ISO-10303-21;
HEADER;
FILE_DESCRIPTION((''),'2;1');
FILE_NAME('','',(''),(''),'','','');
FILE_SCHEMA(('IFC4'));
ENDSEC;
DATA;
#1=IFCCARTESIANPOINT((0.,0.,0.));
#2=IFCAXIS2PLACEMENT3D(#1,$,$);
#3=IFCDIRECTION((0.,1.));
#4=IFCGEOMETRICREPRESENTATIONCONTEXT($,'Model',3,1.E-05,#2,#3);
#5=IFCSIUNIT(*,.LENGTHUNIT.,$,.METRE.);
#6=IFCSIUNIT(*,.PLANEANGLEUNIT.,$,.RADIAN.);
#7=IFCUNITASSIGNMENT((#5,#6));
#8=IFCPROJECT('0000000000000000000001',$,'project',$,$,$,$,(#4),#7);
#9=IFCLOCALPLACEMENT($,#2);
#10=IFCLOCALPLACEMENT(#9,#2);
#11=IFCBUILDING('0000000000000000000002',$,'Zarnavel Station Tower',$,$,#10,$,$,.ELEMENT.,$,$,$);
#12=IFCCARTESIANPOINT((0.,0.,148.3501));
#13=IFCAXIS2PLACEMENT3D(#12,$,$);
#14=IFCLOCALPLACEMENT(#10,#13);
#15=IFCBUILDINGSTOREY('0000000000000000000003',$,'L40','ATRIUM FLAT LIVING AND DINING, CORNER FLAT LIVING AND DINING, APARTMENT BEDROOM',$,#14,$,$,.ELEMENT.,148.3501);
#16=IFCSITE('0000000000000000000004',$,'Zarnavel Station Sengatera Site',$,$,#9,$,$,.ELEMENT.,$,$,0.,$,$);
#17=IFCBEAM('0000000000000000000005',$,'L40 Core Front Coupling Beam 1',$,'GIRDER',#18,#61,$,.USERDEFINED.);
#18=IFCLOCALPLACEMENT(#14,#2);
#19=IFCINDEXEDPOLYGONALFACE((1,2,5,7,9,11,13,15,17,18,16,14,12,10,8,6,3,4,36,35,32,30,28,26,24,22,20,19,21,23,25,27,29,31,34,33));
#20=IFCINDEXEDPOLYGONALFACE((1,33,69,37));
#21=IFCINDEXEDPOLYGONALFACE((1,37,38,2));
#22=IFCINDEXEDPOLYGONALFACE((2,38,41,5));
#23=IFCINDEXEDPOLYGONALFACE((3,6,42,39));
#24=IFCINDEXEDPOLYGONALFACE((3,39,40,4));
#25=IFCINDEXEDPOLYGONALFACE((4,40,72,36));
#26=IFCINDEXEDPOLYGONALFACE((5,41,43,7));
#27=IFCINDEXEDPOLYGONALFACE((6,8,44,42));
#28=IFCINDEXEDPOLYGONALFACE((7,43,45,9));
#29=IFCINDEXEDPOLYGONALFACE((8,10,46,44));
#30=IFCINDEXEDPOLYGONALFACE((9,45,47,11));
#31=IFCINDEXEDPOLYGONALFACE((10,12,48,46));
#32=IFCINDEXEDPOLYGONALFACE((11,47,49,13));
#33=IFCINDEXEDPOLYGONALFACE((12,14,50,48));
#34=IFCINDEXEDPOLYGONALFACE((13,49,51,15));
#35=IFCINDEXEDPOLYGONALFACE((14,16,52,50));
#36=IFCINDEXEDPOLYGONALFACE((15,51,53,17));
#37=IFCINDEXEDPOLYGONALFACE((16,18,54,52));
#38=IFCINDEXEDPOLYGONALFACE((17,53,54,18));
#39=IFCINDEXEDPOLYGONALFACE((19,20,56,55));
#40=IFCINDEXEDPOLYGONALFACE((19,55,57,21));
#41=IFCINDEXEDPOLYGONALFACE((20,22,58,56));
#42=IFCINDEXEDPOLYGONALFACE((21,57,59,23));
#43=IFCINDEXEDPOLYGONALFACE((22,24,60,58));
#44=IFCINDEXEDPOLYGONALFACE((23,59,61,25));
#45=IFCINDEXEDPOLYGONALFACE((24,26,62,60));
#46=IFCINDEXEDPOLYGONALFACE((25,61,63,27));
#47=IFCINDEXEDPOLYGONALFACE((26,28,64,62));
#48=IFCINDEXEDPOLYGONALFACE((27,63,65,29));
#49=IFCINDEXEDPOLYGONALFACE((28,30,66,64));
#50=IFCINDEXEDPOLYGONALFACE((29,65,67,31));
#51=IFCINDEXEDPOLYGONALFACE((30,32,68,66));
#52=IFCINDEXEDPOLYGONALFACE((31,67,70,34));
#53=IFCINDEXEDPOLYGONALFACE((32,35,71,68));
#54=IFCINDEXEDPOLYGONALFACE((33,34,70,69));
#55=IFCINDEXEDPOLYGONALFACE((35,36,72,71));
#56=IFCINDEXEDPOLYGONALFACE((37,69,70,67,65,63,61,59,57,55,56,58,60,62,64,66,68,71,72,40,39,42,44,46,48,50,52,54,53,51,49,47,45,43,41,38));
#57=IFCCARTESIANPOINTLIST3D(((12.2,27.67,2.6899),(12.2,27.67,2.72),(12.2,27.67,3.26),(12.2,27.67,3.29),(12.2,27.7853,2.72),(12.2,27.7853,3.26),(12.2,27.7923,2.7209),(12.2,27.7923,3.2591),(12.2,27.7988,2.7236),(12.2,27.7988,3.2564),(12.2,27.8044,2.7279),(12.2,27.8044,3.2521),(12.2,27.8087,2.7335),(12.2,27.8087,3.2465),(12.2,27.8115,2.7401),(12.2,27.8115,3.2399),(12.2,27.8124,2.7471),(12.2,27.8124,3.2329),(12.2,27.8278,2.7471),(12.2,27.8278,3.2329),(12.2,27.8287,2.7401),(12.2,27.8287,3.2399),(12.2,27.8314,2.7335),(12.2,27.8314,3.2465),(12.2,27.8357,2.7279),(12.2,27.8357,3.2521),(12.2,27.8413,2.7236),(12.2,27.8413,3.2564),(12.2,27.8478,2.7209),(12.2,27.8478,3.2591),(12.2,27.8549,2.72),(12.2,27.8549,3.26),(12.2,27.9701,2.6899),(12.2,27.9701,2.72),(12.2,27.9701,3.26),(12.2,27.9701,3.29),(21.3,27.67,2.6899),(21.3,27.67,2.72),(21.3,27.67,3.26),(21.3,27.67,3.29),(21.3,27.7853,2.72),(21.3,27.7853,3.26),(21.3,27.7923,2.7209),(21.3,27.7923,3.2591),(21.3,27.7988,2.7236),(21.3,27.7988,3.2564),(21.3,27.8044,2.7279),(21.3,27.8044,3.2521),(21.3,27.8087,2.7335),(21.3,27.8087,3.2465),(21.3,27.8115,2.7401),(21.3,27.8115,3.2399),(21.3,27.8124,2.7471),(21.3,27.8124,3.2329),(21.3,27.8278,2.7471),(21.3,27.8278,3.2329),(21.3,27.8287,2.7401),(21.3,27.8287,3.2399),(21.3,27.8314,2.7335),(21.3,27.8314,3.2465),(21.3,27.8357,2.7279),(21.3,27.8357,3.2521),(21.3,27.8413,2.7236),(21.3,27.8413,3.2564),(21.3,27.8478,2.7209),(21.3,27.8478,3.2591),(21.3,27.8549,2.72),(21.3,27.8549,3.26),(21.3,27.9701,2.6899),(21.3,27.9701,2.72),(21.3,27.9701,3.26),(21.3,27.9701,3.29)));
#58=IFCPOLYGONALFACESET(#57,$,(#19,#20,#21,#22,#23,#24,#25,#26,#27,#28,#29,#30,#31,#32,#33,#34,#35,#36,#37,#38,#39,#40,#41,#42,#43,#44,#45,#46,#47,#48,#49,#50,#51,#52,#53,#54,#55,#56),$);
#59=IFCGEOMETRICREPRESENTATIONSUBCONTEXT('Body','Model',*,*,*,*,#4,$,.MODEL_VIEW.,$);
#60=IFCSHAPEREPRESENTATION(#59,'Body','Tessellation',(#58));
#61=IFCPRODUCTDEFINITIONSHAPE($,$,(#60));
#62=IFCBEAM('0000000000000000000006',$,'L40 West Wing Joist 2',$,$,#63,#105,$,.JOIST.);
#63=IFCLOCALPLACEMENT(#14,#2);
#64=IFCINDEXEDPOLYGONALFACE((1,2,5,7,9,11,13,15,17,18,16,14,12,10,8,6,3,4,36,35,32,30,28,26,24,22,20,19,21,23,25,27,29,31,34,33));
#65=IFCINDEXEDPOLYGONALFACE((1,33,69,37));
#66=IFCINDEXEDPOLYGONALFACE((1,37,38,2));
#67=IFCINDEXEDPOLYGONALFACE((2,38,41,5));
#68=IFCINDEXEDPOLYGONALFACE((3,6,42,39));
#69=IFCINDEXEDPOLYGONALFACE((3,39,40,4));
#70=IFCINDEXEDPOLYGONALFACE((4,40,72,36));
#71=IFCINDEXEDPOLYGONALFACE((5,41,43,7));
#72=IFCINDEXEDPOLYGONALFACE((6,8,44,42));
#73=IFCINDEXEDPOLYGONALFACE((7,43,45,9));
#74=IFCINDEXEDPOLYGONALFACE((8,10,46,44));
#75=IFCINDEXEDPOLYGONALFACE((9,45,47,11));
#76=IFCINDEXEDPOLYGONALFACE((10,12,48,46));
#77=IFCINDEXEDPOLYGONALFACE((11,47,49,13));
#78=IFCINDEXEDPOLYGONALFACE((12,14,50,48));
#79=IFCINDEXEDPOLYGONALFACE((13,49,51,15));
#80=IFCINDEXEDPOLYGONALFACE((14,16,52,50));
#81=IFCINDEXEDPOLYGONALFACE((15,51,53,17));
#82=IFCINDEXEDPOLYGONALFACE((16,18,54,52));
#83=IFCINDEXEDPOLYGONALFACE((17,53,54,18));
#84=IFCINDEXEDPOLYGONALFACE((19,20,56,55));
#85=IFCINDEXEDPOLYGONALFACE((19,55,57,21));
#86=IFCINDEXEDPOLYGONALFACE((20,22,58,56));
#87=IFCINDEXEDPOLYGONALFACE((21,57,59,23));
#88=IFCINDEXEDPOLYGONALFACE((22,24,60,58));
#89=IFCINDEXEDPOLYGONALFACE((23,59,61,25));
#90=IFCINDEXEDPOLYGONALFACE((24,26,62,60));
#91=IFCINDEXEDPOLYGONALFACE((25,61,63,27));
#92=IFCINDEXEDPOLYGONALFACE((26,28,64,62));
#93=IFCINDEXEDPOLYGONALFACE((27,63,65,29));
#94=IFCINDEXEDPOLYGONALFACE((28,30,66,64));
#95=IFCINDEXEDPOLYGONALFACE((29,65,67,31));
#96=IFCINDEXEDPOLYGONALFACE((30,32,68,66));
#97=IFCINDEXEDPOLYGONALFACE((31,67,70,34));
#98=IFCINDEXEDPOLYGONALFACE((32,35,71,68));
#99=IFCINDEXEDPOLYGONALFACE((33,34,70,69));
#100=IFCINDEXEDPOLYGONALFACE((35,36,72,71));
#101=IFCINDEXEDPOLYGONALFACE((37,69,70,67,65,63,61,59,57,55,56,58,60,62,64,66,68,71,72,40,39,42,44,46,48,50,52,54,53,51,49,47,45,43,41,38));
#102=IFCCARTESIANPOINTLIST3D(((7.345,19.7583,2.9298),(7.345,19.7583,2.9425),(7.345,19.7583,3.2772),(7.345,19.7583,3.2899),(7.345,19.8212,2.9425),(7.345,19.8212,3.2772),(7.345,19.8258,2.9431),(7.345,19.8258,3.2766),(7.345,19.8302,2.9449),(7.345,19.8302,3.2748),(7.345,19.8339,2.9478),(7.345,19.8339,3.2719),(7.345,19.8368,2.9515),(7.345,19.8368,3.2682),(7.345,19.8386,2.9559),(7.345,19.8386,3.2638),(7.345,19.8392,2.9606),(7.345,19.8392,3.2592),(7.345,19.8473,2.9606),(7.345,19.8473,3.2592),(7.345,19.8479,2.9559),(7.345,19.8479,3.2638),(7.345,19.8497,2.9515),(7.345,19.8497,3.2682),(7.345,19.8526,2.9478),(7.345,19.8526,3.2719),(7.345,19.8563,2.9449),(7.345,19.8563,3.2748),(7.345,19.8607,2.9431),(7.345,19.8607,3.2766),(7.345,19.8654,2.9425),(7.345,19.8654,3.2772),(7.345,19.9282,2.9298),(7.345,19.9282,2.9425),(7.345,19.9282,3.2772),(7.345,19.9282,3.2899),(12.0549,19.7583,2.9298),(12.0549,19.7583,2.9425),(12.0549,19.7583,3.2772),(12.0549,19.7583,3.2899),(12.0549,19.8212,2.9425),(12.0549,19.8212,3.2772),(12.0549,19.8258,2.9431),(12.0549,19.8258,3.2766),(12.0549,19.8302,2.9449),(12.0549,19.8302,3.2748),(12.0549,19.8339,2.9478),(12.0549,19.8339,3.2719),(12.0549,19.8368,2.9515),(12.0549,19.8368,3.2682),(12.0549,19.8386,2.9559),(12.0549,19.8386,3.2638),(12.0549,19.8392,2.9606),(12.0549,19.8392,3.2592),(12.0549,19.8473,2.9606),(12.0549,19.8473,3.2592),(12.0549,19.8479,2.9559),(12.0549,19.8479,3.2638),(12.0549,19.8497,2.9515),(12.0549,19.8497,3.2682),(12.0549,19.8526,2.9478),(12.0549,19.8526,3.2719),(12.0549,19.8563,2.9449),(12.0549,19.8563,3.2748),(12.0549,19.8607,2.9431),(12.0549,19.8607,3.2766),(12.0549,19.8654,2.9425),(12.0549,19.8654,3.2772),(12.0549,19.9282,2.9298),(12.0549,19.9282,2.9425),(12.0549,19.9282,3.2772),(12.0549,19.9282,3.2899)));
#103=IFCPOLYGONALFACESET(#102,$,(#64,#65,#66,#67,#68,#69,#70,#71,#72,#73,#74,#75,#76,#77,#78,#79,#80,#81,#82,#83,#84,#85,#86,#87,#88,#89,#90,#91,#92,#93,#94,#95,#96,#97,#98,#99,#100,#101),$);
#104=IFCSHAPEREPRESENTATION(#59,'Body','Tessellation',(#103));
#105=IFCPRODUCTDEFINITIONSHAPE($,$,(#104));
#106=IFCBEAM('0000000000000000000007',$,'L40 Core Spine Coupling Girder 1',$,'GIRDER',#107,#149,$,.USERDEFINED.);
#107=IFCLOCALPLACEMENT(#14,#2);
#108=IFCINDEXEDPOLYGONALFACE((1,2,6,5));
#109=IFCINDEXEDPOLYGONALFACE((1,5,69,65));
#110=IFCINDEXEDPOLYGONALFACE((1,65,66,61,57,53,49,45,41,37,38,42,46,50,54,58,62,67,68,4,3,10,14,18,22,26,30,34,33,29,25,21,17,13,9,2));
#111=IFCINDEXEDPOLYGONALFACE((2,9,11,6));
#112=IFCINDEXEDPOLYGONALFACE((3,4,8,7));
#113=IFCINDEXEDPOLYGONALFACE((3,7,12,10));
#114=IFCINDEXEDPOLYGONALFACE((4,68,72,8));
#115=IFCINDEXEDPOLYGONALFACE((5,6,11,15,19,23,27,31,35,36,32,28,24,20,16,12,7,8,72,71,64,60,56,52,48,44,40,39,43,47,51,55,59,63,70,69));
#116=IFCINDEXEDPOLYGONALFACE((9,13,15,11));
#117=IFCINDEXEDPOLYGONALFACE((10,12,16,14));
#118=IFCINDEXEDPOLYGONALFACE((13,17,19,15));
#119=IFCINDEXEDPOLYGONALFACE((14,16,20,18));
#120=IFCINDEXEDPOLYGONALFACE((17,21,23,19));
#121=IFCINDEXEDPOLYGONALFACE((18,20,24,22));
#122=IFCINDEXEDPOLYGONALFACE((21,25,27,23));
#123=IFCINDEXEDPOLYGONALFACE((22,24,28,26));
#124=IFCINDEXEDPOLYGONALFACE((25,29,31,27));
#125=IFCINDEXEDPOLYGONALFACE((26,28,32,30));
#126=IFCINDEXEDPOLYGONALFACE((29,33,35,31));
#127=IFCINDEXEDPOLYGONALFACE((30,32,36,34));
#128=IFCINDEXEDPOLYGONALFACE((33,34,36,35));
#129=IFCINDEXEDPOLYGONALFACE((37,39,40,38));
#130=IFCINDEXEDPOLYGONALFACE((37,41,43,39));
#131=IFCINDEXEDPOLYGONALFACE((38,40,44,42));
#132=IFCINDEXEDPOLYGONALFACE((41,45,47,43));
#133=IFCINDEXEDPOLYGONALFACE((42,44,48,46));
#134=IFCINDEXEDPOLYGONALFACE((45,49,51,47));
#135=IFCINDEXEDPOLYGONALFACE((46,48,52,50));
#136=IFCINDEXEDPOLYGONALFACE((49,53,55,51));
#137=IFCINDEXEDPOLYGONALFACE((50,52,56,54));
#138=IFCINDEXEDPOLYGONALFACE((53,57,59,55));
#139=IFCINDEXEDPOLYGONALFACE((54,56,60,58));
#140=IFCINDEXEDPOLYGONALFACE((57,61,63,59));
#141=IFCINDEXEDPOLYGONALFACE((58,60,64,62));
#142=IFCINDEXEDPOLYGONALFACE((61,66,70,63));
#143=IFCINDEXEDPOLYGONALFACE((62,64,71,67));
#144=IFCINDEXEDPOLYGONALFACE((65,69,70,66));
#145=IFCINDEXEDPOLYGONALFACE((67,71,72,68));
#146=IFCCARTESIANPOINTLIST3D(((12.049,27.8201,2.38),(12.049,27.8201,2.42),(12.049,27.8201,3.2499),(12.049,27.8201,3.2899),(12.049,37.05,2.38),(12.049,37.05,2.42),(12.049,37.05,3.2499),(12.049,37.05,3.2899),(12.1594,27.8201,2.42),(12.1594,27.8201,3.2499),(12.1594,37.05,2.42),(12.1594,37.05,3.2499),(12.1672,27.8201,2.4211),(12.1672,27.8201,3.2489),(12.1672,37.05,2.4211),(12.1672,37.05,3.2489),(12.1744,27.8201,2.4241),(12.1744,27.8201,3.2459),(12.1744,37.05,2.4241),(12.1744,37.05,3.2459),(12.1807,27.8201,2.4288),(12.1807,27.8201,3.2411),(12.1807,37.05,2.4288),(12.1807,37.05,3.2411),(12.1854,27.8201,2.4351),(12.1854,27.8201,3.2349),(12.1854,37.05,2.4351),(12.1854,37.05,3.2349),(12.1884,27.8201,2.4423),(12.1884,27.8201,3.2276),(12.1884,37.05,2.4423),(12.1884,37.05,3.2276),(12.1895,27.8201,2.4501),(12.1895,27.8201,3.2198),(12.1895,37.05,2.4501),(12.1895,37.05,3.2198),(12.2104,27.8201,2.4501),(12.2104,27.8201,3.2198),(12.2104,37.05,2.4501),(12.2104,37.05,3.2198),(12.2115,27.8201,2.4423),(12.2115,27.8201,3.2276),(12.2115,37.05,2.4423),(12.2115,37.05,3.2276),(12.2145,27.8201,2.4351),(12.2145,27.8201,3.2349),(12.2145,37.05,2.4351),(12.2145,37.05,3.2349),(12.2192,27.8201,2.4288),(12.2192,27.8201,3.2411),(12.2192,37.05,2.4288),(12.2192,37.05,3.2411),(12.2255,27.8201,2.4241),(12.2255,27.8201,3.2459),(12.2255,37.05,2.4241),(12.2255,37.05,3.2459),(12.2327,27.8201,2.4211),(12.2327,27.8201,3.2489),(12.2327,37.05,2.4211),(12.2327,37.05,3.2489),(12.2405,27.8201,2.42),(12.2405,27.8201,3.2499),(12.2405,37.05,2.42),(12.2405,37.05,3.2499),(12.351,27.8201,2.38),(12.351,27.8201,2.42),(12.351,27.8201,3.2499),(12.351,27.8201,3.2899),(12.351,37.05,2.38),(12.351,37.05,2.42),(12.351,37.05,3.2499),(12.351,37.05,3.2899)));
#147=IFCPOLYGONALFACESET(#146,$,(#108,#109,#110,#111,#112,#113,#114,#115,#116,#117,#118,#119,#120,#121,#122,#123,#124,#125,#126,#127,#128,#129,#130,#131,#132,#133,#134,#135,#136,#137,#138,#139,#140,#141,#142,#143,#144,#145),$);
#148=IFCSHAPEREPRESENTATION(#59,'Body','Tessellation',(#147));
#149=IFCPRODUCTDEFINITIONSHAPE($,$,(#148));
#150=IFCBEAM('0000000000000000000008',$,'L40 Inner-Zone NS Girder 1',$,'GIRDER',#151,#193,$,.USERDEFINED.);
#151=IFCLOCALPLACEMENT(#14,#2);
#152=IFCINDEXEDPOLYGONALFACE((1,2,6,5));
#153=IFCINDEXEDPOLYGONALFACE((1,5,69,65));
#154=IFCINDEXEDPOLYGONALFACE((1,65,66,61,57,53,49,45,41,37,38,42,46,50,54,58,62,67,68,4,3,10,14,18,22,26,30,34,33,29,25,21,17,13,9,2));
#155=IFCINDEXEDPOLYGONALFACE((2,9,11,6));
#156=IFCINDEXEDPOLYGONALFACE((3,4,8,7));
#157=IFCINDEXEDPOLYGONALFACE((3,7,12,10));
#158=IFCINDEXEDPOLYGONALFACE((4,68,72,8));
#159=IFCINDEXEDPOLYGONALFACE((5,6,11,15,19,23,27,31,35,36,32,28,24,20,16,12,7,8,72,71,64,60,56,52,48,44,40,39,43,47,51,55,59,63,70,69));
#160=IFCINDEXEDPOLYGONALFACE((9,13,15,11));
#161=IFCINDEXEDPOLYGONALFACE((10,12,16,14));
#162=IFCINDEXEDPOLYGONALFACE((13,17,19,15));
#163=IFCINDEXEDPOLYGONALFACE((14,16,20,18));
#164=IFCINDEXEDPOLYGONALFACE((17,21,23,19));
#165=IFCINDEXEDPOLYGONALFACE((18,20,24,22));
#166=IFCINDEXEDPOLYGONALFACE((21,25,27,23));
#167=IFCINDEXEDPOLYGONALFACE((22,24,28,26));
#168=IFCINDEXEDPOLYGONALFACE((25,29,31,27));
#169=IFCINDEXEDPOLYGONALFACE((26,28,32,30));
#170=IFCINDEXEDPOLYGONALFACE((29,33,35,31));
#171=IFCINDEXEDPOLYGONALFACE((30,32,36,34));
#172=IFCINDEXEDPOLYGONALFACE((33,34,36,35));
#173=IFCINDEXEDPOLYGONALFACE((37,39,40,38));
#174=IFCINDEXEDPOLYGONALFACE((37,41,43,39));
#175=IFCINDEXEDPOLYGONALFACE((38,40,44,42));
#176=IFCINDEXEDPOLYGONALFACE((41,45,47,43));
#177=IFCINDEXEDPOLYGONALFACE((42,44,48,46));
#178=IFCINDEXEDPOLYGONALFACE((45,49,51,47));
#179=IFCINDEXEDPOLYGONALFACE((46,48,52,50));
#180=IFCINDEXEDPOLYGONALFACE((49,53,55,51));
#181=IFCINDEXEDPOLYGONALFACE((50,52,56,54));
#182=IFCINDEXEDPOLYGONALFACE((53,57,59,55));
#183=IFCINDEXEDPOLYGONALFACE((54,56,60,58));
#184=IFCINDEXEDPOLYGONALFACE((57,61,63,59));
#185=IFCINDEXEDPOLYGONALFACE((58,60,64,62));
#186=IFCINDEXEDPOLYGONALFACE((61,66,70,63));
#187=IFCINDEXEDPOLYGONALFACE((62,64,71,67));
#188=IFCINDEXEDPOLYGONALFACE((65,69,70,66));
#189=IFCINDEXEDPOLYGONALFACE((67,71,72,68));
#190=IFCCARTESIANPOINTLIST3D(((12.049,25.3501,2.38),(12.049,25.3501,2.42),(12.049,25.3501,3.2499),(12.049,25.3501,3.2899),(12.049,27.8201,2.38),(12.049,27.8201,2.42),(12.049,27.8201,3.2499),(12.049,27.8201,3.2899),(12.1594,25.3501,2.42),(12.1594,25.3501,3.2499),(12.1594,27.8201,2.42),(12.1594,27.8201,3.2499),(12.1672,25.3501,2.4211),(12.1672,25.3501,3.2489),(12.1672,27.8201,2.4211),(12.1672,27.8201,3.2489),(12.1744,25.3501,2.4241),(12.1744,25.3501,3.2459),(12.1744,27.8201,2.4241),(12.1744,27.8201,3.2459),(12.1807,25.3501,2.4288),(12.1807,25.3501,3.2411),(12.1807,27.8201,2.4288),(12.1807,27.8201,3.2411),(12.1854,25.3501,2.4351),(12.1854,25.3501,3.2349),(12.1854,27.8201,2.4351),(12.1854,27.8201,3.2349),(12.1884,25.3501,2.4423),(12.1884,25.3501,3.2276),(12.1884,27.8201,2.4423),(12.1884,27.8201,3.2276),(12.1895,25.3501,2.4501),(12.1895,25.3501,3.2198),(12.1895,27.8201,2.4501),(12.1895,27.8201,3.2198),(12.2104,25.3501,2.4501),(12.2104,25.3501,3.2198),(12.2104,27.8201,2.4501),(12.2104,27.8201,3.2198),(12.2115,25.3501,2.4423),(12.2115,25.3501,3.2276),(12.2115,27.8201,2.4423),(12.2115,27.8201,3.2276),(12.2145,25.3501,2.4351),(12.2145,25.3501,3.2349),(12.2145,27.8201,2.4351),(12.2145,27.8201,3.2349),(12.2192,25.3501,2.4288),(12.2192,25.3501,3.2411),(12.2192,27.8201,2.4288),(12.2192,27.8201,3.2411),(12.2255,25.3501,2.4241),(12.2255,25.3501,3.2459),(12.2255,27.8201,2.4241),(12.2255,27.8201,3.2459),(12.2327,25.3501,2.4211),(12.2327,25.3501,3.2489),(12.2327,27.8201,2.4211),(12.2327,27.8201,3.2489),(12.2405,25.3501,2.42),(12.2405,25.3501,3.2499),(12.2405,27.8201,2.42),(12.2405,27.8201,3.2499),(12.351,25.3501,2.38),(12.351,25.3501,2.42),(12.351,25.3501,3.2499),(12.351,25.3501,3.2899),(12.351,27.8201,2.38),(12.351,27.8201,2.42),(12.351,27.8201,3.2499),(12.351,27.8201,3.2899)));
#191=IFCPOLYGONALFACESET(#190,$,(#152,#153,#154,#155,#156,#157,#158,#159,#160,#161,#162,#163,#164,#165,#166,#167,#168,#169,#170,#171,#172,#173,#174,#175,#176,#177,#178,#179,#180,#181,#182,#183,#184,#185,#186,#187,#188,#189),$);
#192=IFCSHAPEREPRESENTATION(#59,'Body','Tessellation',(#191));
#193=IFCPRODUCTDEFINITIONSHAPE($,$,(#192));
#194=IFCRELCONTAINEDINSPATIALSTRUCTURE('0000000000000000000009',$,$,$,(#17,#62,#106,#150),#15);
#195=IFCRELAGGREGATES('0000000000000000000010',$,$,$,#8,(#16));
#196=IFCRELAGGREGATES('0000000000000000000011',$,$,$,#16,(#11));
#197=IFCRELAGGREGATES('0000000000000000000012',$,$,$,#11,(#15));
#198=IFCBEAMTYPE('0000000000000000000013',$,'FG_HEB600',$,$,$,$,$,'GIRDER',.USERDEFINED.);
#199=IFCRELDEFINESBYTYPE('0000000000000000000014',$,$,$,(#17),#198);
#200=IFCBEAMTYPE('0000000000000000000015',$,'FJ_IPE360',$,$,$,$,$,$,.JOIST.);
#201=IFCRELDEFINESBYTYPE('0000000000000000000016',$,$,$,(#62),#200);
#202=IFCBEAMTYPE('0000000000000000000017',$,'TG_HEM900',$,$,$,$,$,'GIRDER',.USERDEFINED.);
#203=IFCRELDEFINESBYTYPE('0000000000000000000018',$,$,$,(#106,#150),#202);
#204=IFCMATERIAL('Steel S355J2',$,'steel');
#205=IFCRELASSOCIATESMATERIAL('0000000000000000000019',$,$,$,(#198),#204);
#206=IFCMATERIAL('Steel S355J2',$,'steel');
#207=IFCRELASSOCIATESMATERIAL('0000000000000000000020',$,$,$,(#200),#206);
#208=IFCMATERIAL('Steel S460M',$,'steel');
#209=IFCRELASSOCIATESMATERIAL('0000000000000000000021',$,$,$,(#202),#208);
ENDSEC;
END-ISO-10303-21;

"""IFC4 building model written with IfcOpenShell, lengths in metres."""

from ifc_helpers import new_model, si_unit, direction, frame, origin, origin_2d, place, context, subcontext, project, spatial, i_section, extrude, material, material_profile, profile_set, type_object, element, save


model = new_model("IFC4")

# Units and contexts
model_context = context("Model", 3, precision=1e-05, world=origin(), true_north=direction((0.0, 1.0)))
body_context = subcontext(model_context, "Body", "Model", "MODEL_VIEW")
ifc_project = project(units=[si_unit("LENGTHUNIT", "METRE"), si_unit("PLANEANGLEUNIT", "RADIAN")], contexts=[model_context])

# Site, building, storey
site_placement = place(None, origin())
site = spatial("IfcSite", under=ifc_project, at=site_placement, Name="Zarnavel Station Sengatera Site", CompositionType="ELEMENT", RefElevation=0.0)
building_placement = place(site_placement, origin())
building = spatial("IfcBuilding", under=site, at=building_placement, Name="Zarnavel Station Tower", CompositionType="ELEMENT")
storey_placement = place(building_placement, frame((0.0, 0.0, 148.3501)))
storey = spatial("IfcBuildingStorey", under=building, at=storey_placement, Name="L40", Description="ATRIUM FLAT LIVING AND DINING, CORNER FLAT LIVING AND DINING, APARTMENT BEDROOM", CompositionType="ELEMENT", Elevation=148.3501)

# Beams
ifc_material_1 = material(Name="Steel S355J2", Category="steel")
ifc_material_profile_1 = material_profile(ifc_material_1, i_section(OverallWidth=0.3, OverallDepth=0.6001, WebThickness=0.0154, FlangeThickness=0.03, FilletRadius=0.0271, at=origin_2d()), Name="HEB600")
ifc_profile_set_1 = profile_set([ifc_material_profile_1], Name="Steel S355J2")
beam_type_1 = type_object("IfcBeamType", Name="FG_HEB600", ElementType="GIRDER", PredefinedType="USERDEFINED", material=ifc_profile_set_1)
beam_1_placement = place(storey_placement, frame((12.2, 27.8201, 2.99), z_axis=(1.0, 0.0, 0.0), x_axis=(0.0, 1.0, 0.0)))
element("IfcBeam", 1, at=beam_1_placement, inside=storey, type_object=beam_type_1, Name="L40 Core Front Coupling Beam 1", ObjectType="GIRDER", PredefinedType="USERDEFINED", context=body_context, shape_type="SweptSolid", body=[
    extrude(i_section(OverallWidth=0.3, OverallDepth=0.6001, WebThickness=0.0154, FlangeThickness=0.03, FilletRadius=0.0271, at=origin_2d()), origin(), (0.0, 0.0, 1.0), 9.1001),
])
ifc_material_2 = material(Name="Steel S355J2", Category="steel")
ifc_material_profile_2 = material_profile(ifc_material_2, i_section(OverallWidth=0.1699, OverallDepth=0.3601, WebThickness=0.0081, FlangeThickness=0.0127, FilletRadius=0.0181, at=origin_2d()), Name="IPE360")
ifc_profile_set_2 = profile_set([ifc_material_profile_2], Name="Steel S355J2")
beam_type_2 = type_object("IfcBeamType", Name="FJ_IPE360", PredefinedType="JOIST", material=ifc_profile_set_2)
beam_2_placement = place(storey_placement, frame((7.345, 19.8433, 3.1099), z_axis=(1.0, 0.0, 0.0), x_axis=(0.0, 1.0, 0.0)))
element("IfcBeam", 2, at=beam_2_placement, inside=storey, type_object=beam_type_2, Name="L40 West Wing Joist 2", PredefinedType="JOIST", context=body_context, shape_type="SweptSolid", body=[
    extrude(i_section(OverallWidth=0.1699, OverallDepth=0.3601, WebThickness=0.0081, FlangeThickness=0.0127, FilletRadius=0.0181, at=origin_2d()), origin(), (0.0, 0.0, 1.0), 4.71),
])
ifc_material_3 = material(Name="Steel S460M", Category="steel")
ifc_material_profile_3 = material_profile(ifc_material_3, i_section(OverallWidth=0.302, OverallDepth=0.9099, WebThickness=0.021, FlangeThickness=0.04, FilletRadius=0.03, at=origin_2d()), Name="HEM900")
ifc_profile_set_3 = profile_set([ifc_material_profile_3], Name="Steel S460M")
beam_type_3 = type_object("IfcBeamType", Name="TG_HEM900", ElementType="GIRDER", PredefinedType="USERDEFINED", material=ifc_profile_set_3)
beam_3_placement = place(storey_placement, frame((12.2, 27.8201, 2.835), z_axis=(0.0, 1.0, 0.0), x_axis=(-1.0, 0.0, 0.0)))
element("IfcBeam", 3, at=beam_3_placement, inside=storey, type_object=beam_type_3, Name="L40 Core Spine Coupling Girder 1", ObjectType="GIRDER", PredefinedType="USERDEFINED", context=body_context, shape_type="SweptSolid", body=[
    extrude(i_section(OverallWidth=0.302, OverallDepth=0.9099, WebThickness=0.021, FlangeThickness=0.04, FilletRadius=0.03, at=origin_2d()), origin(), (0.0, 0.0, 1.0), 9.23),
])
beam_4_placement = place(storey_placement, frame((12.2, 25.3501, 2.835), z_axis=(0.0, 1.0, 0.0), x_axis=(-1.0, 0.0, 0.0)))
element("IfcBeam", 4, at=beam_4_placement, inside=storey, type_object=beam_type_3, Name="L40 Inner-Zone NS Girder 1", ObjectType="GIRDER", PredefinedType="USERDEFINED", context=body_context, shape_type="SweptSolid", body=[
    extrude(i_section(OverallWidth=0.302, OverallDepth=0.9099, WebThickness=0.021, FlangeThickness=0.04, FilletRadius=0.03, at=origin_2d()), origin(), (0.0, 0.0, 1.0), 2.47),
])

save(model, "model.ifc")
